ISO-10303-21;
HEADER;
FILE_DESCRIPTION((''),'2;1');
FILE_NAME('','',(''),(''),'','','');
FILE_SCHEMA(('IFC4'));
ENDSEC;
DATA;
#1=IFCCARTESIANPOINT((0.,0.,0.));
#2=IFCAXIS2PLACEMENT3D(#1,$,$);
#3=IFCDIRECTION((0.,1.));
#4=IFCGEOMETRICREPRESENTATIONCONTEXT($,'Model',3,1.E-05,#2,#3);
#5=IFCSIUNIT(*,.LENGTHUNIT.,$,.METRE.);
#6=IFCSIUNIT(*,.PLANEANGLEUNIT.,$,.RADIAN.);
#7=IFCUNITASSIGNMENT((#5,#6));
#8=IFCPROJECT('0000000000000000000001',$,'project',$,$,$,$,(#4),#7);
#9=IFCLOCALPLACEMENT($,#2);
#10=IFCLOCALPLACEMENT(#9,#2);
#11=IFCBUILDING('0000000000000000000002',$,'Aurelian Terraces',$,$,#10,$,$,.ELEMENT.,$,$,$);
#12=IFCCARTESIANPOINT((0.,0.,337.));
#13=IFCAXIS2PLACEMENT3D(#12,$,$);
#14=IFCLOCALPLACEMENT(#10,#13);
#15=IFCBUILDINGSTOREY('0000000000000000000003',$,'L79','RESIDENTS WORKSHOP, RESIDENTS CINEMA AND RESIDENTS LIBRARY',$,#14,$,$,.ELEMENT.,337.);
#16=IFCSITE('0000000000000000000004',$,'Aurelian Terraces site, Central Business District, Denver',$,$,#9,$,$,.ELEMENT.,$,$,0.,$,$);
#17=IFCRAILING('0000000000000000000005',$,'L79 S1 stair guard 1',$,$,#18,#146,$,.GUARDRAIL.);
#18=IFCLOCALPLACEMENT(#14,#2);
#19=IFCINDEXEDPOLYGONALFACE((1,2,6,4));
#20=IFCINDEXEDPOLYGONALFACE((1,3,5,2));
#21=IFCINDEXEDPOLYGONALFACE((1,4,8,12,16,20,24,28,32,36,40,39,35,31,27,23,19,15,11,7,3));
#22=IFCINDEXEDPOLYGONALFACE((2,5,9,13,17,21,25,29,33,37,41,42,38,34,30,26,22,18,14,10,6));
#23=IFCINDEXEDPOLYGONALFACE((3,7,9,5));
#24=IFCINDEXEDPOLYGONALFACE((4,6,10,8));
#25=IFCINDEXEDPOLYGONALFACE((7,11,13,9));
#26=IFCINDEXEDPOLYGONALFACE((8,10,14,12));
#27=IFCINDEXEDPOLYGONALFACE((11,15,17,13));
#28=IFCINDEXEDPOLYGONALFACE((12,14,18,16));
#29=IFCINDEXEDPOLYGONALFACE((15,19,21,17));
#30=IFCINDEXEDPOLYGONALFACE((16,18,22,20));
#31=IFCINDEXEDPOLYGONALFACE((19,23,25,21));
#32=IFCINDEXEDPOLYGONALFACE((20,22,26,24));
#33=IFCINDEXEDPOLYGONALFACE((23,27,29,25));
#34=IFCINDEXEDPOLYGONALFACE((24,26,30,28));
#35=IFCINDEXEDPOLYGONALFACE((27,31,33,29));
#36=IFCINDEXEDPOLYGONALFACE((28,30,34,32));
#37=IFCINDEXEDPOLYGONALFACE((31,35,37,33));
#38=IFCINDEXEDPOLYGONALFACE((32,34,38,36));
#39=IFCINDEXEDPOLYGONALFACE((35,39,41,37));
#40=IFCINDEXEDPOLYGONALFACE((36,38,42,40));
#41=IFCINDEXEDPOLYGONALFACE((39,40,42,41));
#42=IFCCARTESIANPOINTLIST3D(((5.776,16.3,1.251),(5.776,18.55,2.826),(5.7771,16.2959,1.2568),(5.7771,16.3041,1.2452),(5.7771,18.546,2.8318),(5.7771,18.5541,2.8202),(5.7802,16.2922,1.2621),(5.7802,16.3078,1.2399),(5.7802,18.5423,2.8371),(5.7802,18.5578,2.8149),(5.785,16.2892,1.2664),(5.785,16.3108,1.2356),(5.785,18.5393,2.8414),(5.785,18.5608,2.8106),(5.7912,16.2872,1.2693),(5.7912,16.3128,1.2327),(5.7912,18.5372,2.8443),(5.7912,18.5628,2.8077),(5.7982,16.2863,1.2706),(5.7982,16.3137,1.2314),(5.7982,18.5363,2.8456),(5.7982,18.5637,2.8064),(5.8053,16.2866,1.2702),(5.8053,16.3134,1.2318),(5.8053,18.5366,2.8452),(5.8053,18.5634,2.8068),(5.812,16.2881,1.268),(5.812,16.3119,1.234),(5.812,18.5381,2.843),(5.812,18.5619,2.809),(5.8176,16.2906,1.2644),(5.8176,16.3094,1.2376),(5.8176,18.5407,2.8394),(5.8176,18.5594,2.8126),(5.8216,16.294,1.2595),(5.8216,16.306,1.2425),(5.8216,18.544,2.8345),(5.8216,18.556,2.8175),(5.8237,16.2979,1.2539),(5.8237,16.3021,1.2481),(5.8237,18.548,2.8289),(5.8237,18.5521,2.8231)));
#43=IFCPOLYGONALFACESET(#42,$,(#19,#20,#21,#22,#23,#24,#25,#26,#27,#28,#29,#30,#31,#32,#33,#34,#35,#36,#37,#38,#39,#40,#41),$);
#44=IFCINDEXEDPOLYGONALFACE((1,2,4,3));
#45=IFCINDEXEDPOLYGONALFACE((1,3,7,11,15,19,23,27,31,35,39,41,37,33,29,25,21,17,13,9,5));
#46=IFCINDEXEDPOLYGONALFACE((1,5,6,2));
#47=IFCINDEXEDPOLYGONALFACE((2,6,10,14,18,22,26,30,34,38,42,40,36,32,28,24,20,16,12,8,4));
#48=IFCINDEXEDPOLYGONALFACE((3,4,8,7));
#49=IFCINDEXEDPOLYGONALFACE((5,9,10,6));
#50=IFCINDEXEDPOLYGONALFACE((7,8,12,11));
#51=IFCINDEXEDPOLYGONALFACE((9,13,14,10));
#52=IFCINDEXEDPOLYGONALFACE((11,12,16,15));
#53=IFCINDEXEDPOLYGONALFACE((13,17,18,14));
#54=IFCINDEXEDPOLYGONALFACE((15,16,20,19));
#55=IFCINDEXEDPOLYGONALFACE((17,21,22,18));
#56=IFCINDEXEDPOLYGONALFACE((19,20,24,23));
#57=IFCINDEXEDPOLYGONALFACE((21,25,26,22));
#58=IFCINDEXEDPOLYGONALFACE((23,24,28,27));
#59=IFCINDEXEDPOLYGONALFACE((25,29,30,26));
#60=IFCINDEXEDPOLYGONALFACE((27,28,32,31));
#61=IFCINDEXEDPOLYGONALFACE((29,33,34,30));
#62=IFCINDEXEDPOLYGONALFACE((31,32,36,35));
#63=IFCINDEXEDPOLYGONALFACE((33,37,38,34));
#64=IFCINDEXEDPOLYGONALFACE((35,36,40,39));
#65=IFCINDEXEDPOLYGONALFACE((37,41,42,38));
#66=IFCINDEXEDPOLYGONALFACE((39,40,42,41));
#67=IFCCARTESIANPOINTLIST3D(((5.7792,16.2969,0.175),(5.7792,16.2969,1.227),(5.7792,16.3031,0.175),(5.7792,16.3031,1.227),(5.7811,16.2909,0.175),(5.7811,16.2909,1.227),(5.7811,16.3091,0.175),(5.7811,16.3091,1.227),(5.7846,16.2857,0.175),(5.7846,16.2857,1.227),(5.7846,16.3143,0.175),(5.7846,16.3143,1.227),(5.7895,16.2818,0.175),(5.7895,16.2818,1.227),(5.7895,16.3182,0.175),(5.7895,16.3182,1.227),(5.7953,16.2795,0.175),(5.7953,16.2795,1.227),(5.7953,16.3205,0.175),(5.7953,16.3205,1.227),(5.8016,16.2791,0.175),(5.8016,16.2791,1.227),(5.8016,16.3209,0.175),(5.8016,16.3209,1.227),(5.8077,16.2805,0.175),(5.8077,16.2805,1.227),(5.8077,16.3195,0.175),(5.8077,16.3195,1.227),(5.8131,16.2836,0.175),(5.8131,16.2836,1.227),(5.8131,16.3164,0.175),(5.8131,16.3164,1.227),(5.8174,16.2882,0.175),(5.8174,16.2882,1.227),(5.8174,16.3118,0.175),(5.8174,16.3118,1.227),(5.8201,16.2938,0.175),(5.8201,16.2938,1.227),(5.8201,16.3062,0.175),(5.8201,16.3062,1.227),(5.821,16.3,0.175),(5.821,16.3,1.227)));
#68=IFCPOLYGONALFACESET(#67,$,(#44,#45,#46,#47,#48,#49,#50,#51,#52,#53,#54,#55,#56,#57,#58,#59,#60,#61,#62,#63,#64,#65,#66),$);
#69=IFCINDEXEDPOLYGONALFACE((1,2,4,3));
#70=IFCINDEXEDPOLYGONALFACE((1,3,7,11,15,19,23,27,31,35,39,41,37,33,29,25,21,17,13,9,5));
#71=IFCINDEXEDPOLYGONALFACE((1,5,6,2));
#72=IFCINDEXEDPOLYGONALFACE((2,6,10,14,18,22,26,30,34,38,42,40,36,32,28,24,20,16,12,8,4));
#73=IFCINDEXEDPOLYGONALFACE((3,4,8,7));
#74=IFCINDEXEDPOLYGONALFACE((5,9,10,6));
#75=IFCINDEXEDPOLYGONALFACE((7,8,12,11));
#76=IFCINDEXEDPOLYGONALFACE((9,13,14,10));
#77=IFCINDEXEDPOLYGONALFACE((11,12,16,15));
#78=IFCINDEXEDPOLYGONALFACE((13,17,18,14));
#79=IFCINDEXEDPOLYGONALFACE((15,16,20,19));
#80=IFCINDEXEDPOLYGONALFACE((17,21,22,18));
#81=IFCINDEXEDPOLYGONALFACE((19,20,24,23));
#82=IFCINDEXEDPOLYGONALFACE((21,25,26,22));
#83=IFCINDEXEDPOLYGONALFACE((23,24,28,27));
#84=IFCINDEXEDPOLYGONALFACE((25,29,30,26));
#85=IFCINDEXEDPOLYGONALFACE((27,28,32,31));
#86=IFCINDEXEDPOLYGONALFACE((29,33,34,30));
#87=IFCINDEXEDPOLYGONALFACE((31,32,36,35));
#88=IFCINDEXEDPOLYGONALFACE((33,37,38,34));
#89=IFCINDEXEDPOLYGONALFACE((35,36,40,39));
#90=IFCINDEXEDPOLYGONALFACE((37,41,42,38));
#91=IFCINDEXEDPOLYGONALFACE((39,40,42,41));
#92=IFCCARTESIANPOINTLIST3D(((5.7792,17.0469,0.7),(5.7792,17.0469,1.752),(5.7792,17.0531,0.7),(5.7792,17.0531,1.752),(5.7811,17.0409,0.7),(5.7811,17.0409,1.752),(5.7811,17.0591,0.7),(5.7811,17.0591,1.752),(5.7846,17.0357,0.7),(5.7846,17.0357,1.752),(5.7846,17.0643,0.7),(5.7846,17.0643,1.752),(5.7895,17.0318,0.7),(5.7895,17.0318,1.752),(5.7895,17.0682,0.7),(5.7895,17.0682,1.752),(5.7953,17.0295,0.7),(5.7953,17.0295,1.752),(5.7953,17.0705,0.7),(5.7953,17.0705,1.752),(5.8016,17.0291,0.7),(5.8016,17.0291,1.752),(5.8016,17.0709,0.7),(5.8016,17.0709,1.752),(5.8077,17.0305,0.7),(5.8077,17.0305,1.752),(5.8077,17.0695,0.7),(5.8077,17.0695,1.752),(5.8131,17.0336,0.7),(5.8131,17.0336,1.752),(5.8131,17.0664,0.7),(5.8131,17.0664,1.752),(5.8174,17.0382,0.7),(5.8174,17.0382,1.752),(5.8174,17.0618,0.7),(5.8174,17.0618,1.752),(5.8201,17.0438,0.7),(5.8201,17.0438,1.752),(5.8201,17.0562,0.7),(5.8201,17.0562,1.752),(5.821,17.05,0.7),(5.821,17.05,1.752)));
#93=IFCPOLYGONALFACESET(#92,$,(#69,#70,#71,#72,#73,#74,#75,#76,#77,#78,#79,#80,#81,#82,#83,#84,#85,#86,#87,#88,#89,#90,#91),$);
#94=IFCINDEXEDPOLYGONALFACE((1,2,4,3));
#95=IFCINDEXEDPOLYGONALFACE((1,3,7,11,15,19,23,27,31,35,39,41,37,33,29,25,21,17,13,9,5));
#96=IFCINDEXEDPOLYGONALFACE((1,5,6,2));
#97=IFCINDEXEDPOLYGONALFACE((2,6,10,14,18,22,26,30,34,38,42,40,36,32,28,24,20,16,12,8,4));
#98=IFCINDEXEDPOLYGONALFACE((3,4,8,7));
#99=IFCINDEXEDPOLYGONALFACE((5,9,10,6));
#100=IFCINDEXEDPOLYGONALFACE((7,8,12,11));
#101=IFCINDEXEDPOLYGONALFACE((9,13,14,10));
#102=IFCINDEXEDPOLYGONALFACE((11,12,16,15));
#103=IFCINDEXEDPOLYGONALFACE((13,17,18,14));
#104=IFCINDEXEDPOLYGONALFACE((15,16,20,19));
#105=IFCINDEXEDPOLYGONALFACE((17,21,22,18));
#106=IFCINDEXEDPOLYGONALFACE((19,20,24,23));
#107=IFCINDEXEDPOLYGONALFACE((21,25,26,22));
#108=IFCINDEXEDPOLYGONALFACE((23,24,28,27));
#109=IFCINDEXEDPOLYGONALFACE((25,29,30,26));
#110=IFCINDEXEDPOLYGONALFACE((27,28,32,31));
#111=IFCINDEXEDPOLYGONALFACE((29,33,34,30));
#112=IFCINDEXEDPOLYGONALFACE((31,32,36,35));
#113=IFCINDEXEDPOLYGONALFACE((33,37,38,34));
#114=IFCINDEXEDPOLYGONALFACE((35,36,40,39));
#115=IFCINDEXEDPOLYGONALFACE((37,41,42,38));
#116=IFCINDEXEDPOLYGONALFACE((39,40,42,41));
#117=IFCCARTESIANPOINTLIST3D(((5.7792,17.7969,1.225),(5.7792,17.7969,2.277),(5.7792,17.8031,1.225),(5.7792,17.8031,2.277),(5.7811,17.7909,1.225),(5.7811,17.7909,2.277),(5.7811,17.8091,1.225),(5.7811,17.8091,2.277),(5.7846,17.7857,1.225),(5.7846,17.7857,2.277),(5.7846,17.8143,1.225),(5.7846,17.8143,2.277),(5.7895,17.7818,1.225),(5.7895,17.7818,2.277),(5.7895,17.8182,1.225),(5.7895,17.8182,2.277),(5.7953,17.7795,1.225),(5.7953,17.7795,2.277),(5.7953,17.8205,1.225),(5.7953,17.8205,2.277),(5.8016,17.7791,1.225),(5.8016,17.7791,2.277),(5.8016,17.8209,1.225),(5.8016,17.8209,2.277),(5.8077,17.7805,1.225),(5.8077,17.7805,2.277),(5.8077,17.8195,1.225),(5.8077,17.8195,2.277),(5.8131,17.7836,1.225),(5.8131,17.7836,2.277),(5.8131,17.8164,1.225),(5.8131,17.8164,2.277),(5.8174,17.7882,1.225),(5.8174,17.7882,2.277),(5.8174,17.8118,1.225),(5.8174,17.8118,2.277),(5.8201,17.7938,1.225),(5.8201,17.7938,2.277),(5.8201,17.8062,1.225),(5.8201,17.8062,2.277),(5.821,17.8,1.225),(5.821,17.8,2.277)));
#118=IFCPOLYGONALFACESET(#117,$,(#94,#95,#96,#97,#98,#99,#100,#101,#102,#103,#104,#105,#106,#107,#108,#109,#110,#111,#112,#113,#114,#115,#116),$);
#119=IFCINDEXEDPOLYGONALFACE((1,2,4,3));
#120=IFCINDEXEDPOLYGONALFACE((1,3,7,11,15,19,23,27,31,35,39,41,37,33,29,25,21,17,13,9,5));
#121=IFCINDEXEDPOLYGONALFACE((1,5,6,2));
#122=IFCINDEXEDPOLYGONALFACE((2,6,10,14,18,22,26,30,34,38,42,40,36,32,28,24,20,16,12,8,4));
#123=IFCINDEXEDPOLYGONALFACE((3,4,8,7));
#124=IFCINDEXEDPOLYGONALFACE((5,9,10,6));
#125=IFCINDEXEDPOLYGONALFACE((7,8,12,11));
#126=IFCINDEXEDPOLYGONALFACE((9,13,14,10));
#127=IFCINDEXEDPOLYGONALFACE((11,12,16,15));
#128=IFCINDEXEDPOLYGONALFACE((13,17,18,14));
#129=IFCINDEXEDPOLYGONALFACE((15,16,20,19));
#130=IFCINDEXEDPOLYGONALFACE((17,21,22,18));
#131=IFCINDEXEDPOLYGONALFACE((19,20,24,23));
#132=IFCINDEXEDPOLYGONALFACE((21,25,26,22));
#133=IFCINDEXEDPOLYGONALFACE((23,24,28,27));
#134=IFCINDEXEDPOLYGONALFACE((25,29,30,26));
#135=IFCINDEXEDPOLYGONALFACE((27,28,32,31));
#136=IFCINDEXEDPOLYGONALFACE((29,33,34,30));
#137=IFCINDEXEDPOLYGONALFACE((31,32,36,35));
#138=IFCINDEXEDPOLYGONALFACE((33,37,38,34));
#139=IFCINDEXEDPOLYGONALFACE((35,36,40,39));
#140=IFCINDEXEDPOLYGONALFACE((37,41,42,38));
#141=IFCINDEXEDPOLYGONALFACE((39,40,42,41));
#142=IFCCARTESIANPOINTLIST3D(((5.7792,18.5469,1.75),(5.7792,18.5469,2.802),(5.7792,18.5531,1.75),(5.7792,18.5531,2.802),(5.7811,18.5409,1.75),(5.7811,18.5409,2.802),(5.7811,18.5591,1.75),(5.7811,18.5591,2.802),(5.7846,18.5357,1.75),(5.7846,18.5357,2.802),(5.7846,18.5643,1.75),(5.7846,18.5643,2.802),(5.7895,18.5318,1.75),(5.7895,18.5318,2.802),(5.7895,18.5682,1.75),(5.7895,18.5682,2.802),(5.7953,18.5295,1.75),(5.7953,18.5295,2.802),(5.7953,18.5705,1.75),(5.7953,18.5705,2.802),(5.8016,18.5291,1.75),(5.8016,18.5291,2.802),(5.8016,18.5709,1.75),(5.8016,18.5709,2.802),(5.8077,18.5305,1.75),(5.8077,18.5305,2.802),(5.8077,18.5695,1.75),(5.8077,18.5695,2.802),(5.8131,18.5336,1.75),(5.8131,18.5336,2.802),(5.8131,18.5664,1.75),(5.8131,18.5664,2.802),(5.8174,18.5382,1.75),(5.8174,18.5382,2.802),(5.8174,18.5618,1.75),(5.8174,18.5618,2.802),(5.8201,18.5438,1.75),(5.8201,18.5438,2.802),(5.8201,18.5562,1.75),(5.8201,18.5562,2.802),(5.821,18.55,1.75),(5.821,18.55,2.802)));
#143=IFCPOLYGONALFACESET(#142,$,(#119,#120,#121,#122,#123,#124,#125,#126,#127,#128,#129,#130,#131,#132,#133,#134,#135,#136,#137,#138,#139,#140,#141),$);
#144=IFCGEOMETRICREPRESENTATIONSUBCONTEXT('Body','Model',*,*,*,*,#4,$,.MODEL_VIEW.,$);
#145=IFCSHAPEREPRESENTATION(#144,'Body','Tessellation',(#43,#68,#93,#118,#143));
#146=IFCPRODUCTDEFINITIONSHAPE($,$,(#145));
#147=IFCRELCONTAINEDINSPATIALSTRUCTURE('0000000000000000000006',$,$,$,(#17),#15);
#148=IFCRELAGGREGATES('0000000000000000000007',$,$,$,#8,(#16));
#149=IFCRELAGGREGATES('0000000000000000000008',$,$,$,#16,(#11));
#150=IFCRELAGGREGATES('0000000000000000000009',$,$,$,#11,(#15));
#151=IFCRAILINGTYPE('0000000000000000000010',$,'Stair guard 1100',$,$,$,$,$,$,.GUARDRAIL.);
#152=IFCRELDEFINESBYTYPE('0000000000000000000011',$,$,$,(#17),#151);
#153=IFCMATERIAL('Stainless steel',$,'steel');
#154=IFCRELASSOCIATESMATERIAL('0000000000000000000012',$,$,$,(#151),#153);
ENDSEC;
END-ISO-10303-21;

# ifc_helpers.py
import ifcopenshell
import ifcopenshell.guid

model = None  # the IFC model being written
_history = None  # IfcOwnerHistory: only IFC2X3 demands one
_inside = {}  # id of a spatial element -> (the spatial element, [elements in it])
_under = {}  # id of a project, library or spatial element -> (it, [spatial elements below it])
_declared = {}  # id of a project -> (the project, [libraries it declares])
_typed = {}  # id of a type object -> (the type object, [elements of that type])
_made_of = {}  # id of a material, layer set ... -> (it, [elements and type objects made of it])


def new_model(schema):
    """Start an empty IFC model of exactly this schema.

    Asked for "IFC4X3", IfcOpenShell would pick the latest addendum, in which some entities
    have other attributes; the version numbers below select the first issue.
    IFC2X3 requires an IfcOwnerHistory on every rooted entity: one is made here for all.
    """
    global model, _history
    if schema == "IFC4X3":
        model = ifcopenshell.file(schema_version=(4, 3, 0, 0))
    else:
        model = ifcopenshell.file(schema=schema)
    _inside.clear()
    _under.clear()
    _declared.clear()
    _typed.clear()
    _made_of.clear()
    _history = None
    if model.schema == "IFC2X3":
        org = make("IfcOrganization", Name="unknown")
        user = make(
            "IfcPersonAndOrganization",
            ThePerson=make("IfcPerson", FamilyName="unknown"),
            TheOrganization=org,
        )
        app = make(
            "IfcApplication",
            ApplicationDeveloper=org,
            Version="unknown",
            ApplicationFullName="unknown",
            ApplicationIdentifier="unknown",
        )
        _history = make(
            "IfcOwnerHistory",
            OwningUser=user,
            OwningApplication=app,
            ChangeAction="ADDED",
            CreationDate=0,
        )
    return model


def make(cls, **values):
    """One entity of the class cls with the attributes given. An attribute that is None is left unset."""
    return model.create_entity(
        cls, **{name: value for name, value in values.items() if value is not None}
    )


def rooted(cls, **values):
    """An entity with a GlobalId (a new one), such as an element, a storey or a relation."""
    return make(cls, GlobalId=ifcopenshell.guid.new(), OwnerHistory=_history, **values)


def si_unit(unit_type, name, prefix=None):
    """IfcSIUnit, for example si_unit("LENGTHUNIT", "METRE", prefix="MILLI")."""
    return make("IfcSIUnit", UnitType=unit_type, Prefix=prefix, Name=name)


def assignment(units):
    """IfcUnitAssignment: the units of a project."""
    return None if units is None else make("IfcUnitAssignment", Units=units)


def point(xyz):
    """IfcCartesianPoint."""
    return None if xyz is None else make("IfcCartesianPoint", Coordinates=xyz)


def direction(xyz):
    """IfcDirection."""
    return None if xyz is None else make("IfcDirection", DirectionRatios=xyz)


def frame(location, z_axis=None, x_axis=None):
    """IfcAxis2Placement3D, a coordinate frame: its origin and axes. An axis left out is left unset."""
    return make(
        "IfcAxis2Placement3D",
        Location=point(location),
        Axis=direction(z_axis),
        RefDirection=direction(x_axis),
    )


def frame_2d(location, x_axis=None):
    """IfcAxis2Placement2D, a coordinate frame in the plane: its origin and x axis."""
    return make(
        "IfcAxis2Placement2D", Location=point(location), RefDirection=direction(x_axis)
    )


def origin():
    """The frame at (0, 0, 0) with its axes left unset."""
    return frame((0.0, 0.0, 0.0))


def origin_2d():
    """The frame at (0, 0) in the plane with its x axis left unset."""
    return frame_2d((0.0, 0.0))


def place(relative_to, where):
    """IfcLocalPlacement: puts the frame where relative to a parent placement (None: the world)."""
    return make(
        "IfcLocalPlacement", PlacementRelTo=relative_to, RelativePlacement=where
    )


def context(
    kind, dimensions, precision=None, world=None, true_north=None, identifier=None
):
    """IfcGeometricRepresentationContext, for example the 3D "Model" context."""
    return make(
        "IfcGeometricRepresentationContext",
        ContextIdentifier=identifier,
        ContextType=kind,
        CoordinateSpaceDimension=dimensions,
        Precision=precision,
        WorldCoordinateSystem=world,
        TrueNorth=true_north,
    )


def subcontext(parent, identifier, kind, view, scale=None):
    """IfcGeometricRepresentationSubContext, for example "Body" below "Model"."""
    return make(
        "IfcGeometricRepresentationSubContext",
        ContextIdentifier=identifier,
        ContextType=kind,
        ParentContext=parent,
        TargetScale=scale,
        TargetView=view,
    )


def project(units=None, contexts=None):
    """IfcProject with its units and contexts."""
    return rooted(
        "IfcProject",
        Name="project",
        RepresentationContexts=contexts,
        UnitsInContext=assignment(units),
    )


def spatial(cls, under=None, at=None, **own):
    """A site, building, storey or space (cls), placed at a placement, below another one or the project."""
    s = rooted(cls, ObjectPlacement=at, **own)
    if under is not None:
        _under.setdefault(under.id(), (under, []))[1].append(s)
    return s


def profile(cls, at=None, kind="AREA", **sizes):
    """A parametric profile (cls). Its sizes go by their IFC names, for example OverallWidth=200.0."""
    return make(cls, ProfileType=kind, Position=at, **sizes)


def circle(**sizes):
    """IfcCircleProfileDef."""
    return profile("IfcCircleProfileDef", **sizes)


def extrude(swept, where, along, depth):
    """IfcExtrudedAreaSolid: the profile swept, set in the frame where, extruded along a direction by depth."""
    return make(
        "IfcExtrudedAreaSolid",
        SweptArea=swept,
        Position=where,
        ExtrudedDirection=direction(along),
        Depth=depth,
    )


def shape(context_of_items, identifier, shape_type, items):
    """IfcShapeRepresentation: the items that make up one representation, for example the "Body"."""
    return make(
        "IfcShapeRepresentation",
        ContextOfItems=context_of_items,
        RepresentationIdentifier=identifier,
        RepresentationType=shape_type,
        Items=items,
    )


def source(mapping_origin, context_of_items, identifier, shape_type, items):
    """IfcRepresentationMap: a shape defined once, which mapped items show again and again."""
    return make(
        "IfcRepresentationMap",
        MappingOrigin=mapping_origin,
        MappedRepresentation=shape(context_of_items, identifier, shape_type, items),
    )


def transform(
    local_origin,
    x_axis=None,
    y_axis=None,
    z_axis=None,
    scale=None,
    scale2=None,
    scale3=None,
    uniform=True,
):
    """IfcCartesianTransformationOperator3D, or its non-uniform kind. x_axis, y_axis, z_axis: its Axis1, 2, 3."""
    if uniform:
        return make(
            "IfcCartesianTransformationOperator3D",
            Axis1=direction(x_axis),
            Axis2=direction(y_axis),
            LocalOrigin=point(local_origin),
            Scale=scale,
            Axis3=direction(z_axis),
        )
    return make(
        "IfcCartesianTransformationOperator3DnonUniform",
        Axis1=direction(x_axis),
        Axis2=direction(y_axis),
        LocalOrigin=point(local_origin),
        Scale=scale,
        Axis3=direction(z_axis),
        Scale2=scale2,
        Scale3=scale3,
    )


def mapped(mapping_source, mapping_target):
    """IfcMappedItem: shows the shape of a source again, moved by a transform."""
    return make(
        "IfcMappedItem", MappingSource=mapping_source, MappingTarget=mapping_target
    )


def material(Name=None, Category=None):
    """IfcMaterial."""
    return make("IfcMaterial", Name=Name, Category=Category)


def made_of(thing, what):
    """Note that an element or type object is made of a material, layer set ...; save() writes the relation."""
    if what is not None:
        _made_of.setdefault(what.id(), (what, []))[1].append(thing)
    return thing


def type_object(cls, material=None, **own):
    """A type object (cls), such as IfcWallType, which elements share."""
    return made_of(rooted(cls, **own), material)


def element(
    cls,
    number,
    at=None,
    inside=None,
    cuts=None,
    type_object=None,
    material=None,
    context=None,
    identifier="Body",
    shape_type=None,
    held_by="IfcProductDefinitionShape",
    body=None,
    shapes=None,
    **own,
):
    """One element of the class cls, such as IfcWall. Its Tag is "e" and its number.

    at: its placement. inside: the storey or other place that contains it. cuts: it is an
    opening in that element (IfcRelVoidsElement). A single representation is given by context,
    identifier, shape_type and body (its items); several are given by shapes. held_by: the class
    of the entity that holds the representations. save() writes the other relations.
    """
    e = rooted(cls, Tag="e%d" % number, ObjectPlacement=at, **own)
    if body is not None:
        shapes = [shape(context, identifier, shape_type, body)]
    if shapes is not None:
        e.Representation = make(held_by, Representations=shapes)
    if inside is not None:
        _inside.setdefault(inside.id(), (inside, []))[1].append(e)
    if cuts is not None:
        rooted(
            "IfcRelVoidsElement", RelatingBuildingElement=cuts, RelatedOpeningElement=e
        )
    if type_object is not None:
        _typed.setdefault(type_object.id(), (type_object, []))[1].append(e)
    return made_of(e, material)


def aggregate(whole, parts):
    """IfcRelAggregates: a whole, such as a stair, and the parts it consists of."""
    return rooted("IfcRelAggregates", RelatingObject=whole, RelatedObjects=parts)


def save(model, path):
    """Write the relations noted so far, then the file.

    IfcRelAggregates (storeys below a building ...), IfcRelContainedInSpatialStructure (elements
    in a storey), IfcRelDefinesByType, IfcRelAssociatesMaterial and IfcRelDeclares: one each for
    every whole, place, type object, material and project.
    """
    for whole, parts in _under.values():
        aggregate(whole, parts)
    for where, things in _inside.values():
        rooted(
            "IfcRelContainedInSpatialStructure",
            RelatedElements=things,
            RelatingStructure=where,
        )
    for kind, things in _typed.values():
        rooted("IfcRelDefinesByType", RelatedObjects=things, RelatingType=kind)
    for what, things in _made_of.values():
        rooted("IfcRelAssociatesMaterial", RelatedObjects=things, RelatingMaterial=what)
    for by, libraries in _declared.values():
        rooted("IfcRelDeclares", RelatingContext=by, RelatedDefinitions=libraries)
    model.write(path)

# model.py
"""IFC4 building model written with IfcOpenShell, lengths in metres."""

from ifc_helpers import new_model, si_unit, direction, frame, origin, origin_2d, place, context, subcontext, project, spatial, circle, extrude, source, transform, mapped, material, type_object, element, save


model = new_model("IFC4")

# Units and contexts
model_context = context("Model", 3, precision=1e-05, world=origin(), true_north=direction((0.0, 1.0)))
body_context = subcontext(model_context, "Body", "Model", "MODEL_VIEW")
ifc_project = project(units=[si_unit("LENGTHUNIT", "METRE"), si_unit("PLANEANGLEUNIT", "RADIAN")], contexts=[model_context])

# Site, building, storey
site_placement = place(None, origin())
site = spatial("IfcSite", under=ifc_project, at=site_placement, Name="Aurelian Terraces site, Central Business District, Denver", CompositionType="ELEMENT", RefElevation=0.0)
building_placement = place(site_placement, origin())
building = spatial("IfcBuilding", under=site, at=building_placement, Name="Aurelian Terraces", CompositionType="ELEMENT")
storey_placement = place(building_placement, frame((0.0, 0.0, 337.0)))
storey = spatial("IfcBuildingStorey", under=building, at=storey_placement, Name="L79", Description="RESIDENTS WORKSHOP, RESIDENTS CINEMA AND RESIDENTS LIBRARY", CompositionType="ELEMENT", Elevation=337.0)

# Railing
ifc_material_1 = material(Name="Stainless steel", Category="steel")
railing_type_1 = type_object("IfcRailingType", Name="Stair guard 1100", PredefinedType="GUARDRAIL", material=ifc_material_1)
shared_shape_1 = source(origin(), body_context, "Body", "SweptSolid", [
    extrude(circle(Radius=0.024, at=origin_2d()), frame((0.0, 0.0, 1.076), z_axis=(0.0, 0.819232, 0.573462), x_axis=(-1.0, 0.0, 0.0)), (0.0, 0.0, 1.0), 2.7465),
    extrude(circle(Radius=0.021, at=origin_2d()), origin(), (0.0, 0.0, 1.0), 1.052),
    extrude(circle(Radius=0.021, at=origin_2d()), frame((0.0, 0.75, 0.525)), (0.0, 0.0, 1.0), 1.052),
    extrude(circle(Radius=0.021, at=origin_2d()), frame((0.0, 1.5, 1.05)), (0.0, 0.0, 1.0), 1.052),
    extrude(circle(Radius=0.021, at=origin_2d()), frame((0.0, 2.25, 1.575)), (0.0, 0.0, 1.0), 1.052),
])
railing_1_placement = place(storey_placement, frame((5.8, 16.3, 0.175)))
element("IfcRailing", 1, at=railing_1_placement, inside=storey, type_object=railing_type_1, Name="L79 S1 stair guard 1", PredefinedType="GUARDRAIL", context=body_context, shape_type="MappedRepresentation", body=[
    mapped(shared_shape_1, transform((0.0, 0.0, 0.0), scale=1.0)),
])

save(model, "model.ifc")
